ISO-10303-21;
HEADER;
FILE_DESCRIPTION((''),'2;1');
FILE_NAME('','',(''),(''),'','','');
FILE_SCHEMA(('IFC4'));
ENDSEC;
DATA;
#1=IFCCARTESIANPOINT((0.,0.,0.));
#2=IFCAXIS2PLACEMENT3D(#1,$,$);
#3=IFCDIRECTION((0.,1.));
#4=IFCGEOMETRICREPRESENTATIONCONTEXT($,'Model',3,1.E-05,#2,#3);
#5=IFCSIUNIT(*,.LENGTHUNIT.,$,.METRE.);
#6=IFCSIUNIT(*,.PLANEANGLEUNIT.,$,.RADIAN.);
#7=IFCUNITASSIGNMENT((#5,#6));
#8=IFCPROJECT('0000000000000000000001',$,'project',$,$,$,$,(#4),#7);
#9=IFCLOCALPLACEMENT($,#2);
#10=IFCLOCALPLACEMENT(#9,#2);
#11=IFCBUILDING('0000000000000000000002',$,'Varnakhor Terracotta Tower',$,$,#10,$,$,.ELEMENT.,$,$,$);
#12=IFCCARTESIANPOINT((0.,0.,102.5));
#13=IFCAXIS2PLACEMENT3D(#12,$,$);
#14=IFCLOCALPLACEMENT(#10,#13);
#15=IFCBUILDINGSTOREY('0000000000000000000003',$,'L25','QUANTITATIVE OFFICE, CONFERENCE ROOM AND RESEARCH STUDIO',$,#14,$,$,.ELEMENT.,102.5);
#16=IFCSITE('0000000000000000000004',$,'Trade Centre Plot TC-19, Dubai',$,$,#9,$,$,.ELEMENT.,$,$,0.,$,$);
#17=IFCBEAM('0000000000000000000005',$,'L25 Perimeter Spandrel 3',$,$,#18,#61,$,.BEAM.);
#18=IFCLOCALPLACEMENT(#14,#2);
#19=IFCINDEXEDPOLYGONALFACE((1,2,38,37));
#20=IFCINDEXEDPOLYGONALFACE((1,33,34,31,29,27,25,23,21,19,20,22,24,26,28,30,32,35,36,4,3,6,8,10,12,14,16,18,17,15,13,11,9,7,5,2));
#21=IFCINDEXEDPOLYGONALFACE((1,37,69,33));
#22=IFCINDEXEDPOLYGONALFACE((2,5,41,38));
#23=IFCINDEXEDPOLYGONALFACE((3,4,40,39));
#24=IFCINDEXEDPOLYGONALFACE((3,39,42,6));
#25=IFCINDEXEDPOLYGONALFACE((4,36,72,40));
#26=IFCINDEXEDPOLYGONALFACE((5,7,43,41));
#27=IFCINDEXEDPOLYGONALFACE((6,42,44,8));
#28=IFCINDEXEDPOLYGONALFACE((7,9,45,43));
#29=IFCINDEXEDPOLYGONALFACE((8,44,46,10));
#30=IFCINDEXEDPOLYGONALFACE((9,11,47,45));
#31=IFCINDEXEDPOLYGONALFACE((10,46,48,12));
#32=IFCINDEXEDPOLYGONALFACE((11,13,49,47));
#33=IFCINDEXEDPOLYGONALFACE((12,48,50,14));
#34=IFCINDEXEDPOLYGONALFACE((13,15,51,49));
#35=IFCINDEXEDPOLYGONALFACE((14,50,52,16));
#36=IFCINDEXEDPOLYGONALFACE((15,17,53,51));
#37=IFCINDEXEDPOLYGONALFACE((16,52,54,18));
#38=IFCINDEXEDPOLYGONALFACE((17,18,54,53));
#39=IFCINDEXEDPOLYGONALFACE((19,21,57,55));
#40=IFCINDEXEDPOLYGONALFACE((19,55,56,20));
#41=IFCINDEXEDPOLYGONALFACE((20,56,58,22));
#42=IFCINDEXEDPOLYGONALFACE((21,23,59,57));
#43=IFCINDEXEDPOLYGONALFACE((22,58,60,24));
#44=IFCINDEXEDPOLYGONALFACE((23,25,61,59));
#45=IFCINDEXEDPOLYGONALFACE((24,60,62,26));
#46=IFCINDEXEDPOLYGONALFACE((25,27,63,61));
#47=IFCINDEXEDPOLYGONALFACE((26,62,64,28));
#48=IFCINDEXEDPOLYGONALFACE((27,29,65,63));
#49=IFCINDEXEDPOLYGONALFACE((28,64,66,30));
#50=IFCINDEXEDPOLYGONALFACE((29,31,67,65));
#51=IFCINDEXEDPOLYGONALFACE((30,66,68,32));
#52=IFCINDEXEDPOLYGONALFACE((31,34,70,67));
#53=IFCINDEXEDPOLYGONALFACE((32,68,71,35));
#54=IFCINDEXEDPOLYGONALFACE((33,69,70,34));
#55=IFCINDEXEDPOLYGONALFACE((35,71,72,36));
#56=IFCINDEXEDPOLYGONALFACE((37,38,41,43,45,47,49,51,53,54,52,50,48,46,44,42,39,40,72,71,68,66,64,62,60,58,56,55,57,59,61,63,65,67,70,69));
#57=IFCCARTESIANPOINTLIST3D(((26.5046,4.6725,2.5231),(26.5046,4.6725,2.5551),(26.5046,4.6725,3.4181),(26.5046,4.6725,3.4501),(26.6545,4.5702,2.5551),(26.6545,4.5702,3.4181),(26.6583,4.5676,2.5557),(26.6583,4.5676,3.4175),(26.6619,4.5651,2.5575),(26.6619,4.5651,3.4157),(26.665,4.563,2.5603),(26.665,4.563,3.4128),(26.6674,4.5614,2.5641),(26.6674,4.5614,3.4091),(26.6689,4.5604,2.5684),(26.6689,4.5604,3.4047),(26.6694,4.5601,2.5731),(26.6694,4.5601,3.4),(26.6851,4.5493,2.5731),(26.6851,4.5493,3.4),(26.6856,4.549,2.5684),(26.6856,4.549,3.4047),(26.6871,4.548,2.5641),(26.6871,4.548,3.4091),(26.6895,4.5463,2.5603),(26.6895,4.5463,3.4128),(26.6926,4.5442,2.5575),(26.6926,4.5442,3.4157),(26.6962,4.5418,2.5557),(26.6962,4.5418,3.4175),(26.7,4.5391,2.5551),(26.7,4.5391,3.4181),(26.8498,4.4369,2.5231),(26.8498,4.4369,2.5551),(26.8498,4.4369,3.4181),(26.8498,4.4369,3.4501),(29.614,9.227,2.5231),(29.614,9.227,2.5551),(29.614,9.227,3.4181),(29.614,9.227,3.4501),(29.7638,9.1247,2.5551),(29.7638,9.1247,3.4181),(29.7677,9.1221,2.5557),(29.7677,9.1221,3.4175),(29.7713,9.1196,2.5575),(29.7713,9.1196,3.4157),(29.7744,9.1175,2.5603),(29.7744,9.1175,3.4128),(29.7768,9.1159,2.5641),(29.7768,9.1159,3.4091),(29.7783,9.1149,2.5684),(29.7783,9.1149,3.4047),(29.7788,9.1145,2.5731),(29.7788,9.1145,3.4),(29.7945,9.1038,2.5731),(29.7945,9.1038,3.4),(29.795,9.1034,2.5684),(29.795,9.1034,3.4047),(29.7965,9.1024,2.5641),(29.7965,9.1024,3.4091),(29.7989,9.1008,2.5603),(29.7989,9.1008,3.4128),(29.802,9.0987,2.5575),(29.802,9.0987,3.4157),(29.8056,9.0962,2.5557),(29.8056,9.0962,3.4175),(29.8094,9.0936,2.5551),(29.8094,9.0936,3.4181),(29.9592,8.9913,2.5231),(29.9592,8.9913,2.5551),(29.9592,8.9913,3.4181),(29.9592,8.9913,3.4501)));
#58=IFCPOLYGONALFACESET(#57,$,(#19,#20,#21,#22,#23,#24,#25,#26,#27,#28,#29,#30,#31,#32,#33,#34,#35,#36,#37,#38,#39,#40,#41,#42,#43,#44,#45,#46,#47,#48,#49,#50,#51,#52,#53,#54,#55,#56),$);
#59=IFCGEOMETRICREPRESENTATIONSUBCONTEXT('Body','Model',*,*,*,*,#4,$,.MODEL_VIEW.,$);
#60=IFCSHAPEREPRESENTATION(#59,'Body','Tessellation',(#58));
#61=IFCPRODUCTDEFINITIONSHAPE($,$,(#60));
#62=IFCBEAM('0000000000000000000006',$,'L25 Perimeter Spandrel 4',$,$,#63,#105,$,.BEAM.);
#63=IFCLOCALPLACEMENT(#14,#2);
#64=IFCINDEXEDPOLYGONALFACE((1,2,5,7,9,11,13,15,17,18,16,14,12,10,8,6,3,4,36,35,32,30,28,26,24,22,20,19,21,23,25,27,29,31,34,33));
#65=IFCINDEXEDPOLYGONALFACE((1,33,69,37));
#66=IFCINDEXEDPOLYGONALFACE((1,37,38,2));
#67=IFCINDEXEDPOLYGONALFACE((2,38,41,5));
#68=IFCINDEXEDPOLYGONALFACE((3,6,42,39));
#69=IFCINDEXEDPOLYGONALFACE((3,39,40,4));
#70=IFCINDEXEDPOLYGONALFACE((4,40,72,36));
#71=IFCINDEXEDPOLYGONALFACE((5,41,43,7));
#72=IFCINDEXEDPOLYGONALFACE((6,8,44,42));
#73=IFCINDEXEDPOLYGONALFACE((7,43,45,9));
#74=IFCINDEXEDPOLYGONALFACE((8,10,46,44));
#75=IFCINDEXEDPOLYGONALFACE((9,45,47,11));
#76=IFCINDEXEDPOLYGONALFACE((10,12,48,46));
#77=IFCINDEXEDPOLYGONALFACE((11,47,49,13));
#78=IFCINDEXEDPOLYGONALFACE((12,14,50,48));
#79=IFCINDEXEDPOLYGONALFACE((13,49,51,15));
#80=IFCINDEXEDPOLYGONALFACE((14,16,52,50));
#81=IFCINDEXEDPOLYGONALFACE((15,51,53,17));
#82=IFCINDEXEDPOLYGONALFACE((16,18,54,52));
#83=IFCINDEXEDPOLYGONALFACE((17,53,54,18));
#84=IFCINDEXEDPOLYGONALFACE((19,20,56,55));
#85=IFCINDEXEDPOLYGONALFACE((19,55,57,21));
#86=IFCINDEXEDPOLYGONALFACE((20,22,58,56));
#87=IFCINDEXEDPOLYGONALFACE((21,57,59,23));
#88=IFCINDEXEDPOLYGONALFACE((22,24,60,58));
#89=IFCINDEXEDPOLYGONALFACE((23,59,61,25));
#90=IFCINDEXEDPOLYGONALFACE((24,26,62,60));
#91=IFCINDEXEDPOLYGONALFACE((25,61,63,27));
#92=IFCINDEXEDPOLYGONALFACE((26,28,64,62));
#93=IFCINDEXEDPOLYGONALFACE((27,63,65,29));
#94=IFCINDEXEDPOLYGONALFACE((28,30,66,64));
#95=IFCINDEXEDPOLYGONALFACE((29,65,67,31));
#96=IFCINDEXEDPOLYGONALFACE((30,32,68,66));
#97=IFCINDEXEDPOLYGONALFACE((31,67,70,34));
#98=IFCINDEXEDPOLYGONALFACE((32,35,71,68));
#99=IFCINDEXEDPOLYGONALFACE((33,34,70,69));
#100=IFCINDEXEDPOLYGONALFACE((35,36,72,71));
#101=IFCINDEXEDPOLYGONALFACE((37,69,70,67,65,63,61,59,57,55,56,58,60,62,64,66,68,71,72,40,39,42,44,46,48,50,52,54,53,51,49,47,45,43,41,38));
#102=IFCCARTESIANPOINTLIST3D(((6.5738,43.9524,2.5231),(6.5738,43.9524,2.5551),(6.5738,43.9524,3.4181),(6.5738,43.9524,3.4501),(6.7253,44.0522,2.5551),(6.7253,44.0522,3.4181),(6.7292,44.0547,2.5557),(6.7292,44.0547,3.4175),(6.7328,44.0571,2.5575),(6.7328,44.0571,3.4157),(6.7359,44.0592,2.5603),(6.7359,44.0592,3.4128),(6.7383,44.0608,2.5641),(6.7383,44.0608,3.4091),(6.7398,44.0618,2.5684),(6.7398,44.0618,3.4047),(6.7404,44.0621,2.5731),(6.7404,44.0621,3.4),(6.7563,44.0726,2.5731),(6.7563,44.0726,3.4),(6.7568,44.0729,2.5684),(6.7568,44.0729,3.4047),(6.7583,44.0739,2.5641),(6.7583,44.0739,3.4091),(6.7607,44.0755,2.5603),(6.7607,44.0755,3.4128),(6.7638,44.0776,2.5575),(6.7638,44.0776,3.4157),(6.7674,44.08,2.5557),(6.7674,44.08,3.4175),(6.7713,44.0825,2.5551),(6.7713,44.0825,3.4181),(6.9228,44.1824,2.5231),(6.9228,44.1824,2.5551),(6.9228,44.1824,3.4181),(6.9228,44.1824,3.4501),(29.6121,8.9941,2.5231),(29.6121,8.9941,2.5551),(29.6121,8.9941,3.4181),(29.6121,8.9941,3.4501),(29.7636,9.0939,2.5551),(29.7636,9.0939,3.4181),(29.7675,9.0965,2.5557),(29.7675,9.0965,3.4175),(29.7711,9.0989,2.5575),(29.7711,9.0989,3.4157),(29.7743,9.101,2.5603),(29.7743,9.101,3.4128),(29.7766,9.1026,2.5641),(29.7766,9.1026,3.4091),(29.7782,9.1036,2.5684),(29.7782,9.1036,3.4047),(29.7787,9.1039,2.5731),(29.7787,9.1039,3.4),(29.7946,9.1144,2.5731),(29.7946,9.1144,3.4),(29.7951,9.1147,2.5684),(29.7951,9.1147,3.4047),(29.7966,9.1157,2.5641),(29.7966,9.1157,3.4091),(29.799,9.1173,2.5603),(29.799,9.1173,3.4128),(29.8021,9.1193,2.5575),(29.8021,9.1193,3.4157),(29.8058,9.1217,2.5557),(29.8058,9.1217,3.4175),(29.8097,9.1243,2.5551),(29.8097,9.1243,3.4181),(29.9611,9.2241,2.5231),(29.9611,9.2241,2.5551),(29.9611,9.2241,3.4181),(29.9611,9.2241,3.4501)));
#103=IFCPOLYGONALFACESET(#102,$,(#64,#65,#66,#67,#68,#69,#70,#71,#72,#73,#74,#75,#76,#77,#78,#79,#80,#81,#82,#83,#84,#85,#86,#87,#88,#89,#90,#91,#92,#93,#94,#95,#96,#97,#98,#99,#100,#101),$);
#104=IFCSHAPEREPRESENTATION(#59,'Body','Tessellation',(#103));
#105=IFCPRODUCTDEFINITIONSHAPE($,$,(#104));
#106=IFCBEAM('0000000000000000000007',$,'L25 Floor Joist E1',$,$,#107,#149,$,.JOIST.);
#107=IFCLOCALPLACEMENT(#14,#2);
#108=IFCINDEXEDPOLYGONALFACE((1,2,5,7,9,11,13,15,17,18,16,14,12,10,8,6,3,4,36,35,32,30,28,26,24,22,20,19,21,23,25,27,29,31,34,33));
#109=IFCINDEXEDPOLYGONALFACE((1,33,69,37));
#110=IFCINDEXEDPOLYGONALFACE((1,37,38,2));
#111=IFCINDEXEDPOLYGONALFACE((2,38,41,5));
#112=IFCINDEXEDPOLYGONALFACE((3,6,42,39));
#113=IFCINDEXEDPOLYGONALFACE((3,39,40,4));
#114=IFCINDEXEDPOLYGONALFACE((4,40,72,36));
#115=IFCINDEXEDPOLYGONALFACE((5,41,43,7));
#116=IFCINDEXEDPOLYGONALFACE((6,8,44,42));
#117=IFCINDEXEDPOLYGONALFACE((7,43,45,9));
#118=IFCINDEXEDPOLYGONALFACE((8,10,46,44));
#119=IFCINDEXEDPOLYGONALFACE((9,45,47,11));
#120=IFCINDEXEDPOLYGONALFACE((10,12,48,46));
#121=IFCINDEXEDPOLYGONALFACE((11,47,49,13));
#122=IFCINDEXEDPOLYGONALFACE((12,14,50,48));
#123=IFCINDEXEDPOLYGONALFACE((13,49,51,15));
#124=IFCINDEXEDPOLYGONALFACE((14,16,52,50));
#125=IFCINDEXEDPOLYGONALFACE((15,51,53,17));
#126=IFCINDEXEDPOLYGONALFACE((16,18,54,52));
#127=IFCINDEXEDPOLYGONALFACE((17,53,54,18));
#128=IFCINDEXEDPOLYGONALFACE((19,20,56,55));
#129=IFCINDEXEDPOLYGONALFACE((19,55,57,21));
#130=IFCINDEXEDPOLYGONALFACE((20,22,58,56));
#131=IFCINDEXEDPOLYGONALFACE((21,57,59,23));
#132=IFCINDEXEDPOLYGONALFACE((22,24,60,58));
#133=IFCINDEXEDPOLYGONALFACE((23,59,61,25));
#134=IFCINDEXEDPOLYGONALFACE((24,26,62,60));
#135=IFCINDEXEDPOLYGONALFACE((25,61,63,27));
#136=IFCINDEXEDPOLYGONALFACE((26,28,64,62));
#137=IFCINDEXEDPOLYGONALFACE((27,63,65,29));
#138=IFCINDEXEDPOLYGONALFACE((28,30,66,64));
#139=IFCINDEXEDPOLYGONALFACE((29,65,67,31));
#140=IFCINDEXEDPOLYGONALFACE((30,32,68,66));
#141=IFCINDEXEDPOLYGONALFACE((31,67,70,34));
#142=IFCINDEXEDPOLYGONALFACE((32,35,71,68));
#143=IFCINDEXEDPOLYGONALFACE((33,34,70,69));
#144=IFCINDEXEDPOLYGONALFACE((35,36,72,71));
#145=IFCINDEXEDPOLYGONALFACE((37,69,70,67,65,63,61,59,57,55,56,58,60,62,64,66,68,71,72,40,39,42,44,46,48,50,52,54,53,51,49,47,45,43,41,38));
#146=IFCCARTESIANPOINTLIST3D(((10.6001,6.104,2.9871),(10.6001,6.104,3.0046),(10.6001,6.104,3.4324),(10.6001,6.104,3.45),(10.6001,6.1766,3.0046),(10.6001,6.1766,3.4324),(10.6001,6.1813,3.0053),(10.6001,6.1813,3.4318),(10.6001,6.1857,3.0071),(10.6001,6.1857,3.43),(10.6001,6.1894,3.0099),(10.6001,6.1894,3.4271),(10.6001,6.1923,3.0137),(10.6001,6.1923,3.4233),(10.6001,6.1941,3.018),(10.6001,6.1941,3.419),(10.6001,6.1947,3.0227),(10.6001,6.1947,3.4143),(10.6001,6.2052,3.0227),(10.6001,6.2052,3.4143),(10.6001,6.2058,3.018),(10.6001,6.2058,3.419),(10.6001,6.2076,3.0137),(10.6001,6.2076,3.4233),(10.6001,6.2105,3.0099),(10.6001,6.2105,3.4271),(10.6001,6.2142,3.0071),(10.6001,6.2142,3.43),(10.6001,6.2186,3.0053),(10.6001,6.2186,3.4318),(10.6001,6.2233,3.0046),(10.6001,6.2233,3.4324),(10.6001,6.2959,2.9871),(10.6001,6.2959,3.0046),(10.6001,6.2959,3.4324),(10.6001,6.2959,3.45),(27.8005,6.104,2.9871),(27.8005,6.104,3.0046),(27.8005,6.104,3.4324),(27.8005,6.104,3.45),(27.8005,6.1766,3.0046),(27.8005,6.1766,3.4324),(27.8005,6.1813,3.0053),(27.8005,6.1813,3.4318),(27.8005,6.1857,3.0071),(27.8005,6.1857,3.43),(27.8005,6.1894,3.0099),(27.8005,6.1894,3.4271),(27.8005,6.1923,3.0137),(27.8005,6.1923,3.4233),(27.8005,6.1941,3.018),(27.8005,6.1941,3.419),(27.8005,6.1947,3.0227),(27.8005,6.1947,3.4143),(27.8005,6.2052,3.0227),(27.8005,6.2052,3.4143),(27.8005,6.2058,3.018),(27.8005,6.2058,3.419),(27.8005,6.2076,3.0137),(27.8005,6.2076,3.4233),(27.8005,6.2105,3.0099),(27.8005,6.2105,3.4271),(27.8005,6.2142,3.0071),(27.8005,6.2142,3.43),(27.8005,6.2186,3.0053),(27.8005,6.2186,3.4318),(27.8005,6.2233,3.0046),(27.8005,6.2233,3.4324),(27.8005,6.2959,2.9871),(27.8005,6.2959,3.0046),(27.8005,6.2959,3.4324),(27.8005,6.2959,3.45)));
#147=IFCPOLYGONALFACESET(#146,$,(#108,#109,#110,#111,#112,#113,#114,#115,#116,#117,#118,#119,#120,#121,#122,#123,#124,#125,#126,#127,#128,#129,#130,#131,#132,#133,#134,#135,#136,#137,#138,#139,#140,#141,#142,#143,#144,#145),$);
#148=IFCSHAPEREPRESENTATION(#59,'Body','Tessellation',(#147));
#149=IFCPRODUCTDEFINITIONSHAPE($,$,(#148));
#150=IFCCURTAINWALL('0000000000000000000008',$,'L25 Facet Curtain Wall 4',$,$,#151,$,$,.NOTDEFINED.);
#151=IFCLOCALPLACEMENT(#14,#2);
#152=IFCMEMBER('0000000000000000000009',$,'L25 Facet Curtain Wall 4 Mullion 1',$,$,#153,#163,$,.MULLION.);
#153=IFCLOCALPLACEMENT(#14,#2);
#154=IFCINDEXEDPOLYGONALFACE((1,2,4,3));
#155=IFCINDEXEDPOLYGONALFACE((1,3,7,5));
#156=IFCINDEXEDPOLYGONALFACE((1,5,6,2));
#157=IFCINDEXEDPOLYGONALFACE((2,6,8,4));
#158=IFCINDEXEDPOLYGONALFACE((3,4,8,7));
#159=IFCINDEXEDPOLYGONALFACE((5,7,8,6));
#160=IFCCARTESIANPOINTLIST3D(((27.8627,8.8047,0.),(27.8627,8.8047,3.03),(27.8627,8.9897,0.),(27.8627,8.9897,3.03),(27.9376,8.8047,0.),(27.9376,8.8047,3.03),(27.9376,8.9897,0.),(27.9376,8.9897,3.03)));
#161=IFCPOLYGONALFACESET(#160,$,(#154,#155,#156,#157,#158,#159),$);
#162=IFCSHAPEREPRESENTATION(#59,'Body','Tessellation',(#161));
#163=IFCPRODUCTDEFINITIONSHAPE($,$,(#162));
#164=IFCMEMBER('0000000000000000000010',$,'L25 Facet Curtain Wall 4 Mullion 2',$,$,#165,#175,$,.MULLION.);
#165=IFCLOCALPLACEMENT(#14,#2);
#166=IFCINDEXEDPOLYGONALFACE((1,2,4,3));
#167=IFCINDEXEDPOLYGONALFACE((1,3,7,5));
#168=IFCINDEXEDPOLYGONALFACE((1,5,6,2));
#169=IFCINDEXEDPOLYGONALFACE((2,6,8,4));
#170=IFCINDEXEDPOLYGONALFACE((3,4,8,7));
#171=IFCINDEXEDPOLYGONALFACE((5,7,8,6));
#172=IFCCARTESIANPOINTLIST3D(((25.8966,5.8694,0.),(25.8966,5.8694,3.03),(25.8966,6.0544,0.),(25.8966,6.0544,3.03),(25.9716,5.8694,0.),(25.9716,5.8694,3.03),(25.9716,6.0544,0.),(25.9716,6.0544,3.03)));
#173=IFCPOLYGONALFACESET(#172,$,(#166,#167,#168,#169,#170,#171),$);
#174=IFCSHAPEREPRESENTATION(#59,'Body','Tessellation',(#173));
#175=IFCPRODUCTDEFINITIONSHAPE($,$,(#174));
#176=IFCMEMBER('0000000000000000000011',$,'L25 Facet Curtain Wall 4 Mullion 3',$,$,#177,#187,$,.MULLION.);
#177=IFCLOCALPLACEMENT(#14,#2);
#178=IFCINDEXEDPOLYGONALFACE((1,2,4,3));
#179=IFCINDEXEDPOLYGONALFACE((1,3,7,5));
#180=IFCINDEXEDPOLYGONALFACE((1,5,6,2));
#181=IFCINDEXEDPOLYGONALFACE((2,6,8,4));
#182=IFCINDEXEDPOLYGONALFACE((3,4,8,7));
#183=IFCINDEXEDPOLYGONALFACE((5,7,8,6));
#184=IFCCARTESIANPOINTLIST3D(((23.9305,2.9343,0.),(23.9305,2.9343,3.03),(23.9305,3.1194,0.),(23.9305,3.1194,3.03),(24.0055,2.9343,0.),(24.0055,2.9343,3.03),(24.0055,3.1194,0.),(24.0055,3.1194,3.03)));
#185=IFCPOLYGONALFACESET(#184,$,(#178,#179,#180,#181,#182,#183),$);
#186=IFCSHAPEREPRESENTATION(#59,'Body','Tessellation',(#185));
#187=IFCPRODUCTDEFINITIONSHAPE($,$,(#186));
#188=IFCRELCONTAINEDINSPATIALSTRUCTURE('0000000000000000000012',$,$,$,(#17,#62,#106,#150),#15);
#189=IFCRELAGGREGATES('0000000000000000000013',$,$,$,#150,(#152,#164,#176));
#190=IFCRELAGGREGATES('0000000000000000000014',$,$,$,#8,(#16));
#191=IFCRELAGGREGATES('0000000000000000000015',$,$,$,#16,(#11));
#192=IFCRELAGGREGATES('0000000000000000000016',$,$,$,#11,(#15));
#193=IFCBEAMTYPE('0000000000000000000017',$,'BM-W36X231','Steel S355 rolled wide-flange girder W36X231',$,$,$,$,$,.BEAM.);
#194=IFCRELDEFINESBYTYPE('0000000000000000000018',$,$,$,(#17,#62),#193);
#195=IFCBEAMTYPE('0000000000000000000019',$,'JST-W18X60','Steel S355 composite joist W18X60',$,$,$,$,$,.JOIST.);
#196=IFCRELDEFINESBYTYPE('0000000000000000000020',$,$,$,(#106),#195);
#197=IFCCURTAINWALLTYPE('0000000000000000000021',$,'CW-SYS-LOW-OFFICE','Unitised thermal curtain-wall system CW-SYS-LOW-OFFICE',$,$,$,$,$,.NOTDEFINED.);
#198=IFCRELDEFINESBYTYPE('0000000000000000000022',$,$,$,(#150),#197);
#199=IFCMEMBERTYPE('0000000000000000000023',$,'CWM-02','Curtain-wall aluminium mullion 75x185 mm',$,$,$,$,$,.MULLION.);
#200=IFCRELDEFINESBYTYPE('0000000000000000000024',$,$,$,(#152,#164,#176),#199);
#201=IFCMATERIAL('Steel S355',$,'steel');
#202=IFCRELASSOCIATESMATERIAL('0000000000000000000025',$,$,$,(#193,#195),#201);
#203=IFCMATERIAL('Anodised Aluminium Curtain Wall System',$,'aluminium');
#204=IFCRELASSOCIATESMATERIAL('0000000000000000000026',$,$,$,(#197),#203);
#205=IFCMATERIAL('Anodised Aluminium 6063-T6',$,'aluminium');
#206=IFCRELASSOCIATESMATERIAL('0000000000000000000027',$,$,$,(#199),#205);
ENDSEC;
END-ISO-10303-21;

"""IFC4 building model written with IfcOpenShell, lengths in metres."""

from ifc_helpers import new_model, si_unit, direction, frame, origin, origin_2d, place, context, subcontext, project, spatial, rectangle, i_section, extrude, source, transform, mapped, material, material_profile, profile_set, type_object, type_shapes, element, aggregate, save


model = new_model("IFC4")

# Units and contexts
model_context = context("Model", 3, precision=1e-05, world=origin(), true_north=direction((0.0, 1.0)))
body_context = subcontext(model_context, "Body", "Model", "MODEL_VIEW")
ifc_project = project(units=[si_unit("LENGTHUNIT", "METRE"), si_unit("PLANEANGLEUNIT", "RADIAN")], contexts=[model_context])

# Site, building, storey
site_placement = place(None, origin())
site = spatial("IfcSite", under=ifc_project, at=site_placement, Name="Trade Centre Plot TC-19, Dubai", CompositionType="ELEMENT", RefElevation=0.0)
building_placement = place(site_placement, origin())
building = spatial("IfcBuilding", under=site, at=building_placement, Name="Varnakhor Terracotta Tower", CompositionType="ELEMENT")
storey_placement = place(building_placement, frame((0.0, 0.0, 102.5)))
storey = spatial("IfcBuildingStorey", under=building, at=storey_placement, Name="L25", Description="QUANTITATIVE OFFICE, CONFERENCE ROOM AND RESEARCH STUDIO", CompositionType="ELEMENT", Elevation=102.5)

# Beams
ifc_material_1 = material(Name="Steel S355", Category="steel")
ifc_material_profile_1 = material_profile(ifc_material_1, i_section(OverallWidth=0.418, OverallDepth=0.927, WebThickness=0.019, FlangeThickness=0.032, FilletRadius=0.0181, at=origin_2d()), Name="W36X231")
ifc_profile_set_1 = profile_set([ifc_material_profile_1], Name="Steel S355")
beam_type_1 = type_object("IfcBeamType", Name="BM-W36X231", Description="Steel S355 rolled wide-flange girder W36X231", PredefinedType="BEAM", material=ifc_profile_set_1)
shared_shape_1 = source(origin(), body_context, "Body", "SweptSolid", [
    extrude(i_section(OverallWidth=0.418, OverallDepth=0.927, WebThickness=0.019, FlangeThickness=0.032, FilletRadius=0.0181, at=origin_2d()), origin(), (0.0, 0.0, 1.0), 5.5146),
])
beam_1_placement = place(storey_placement, frame((26.6772, 4.5547, 2.9866), z_axis=(0.563841, 0.825883, 0.0), x_axis=(-0.825883, 0.563841, 0.0)))
element("IfcBeam", 1, at=beam_1_placement, inside=storey, type_object=beam_type_1, Name="L25 Perimeter Spandrel 3", PredefinedType="BEAM", context=body_context, shape_type="MappedRepresentation", body=[
    mapped(shared_shape_1, transform((0.0, 0.0, 0.0), scale=1.0)),
])
shared_shape_2 = source(origin(), body_context, "Body", "SweptSolid", [
    extrude(i_section(OverallWidth=0.418, OverallDepth=0.927, WebThickness=0.019, FlangeThickness=0.032, FilletRadius=0.0181, at=origin_2d()), origin(), (0.0, 0.0, 1.0), 41.8669),
])
beam_2_placement = place(storey_placement, frame((29.7866, 9.1091, 2.9866), z_axis=(-0.550274, 0.834984, 0.0), x_axis=(-0.834984, -0.550274, 0.0)))
element("IfcBeam", 2, at=beam_2_placement, inside=storey, type_object=beam_type_1, Name="L25 Perimeter Spandrel 4", PredefinedType="BEAM", context=body_context, shape_type="MappedRepresentation", body=[
    mapped(shared_shape_2, transform((0.0, 0.0, 0.0), scale=1.0)),
])
ifc_material_profile_2 = material_profile(ifc_material_1, i_section(OverallWidth=0.1919, OverallDepth=0.4629, WebThickness=0.0105, FlangeThickness=0.0176, FilletRadius=0.0181, at=origin_2d()), Name="W18X60")
ifc_profile_set_2 = profile_set([ifc_material_profile_2], Name="Steel S355")
beam_type_2 = type_object("IfcBeamType", Name="JST-W18X60", Description="Steel S355 composite joist W18X60", PredefinedType="JOIST", material=ifc_profile_set_2)
shared_shape_3 = source(origin(), body_context, "Body", "SweptSolid", [
    extrude(i_section(OverallWidth=0.1919, OverallDepth=0.4629, WebThickness=0.0105, FlangeThickness=0.0176, FilletRadius=0.0181, at=origin_2d()), origin(), (0.0, 0.0, 1.0), 17.2004),
])
beam_3_placement = place(storey_placement, frame((10.6001, 6.2, 3.2185), z_axis=(1.0, 0.0, 0.0), x_axis=(0.0, 1.0, 0.0)))
element("IfcBeam", 3, at=beam_3_placement, inside=storey, type_object=beam_type_2, Name="L25 Floor Joist E1", PredefinedType="JOIST", context=body_context, shape_type="MappedRepresentation", body=[
    mapped(shared_shape_3, transform((0.0, 0.0, 0.0), scale=1.0)),
])

# Curtain wall, members
ifc_material_2 = material(Name="Anodised Aluminium Curtain Wall System", Category="aluminium")
curtain_wall_type = type_object("IfcCurtainWallType", Name="CW-SYS-LOW-OFFICE", Description="Unitised thermal curtain-wall system CW-SYS-LOW-OFFICE", PredefinedType="NOTDEFINED", material=ifc_material_2)
curtain_wall_1_placement = place(storey_placement, origin())
curtain_wall_1 = element("IfcCurtainWall", 4, at=curtain_wall_1_placement, inside=storey, type_object=curtain_wall_type, Name="L25 Facet Curtain Wall 4", PredefinedType="NOTDEFINED")
ifc_material_3 = material(Name="Anodised Aluminium 6063-T6", Category="aluminium")
ifc_material_profile_3 = material_profile(ifc_material_3, rectangle(XDim=0.075, YDim=0.1851, at=origin_2d()), Name="ALU MULLION 75x185")
ifc_profile_set_3 = profile_set([ifc_material_profile_3], Name="Anodised Aluminium 6063-T6")
member_type_1 = type_object("IfcMemberType", Name="CWM-02", Description="Curtain-wall aluminium mullion 75x185 mm", PredefinedType="MULLION", material=ifc_profile_set_3)
shared_shape_4 = source(origin(), body_context, "Body", "SweptSolid", [
    extrude(rectangle(XDim=0.075, YDim=0.1851, at=origin_2d()), origin(), (0.0, 0.0, 1.0), 3.03),
])
type_shapes(member_type_1, [shared_shape_4])
member_1_placement = place(storey_placement, frame((27.9001, 8.8972, 0.0), z_axis=(0.0, 0.0, 1.0), x_axis=(1.0, 0.0, 0.0)))
member_1 = element("IfcMember", 5, at=member_1_placement, type_object=member_type_1, Name="L25 Facet Curtain Wall 4 Mullion 1", PredefinedType="MULLION", context=body_context, shape_type="MappedRepresentation", body=[
    mapped(shared_shape_4, transform((0.0, 0.0, 0.0), scale=1.0)),
])
member_2_placement = place(storey_placement, frame((25.9341, 5.9619, 0.0), z_axis=(0.0, 0.0, 1.0), x_axis=(1.0, 0.0, 0.0)))
member_2 = element("IfcMember", 6, at=member_2_placement, type_object=member_type_1, Name="L25 Facet Curtain Wall 4 Mullion 2", PredefinedType="MULLION", context=body_context, shape_type="MappedRepresentation", body=[
    mapped(shared_shape_4, transform((0.0, 0.0, 0.0), scale=1.0)),
])
member_3_placement = place(storey_placement, frame((23.968, 3.0269, 0.0), z_axis=(0.0, 0.0, 1.0), x_axis=(1.0, 0.0, 0.0)))
member_3 = element("IfcMember", 7, at=member_3_placement, type_object=member_type_1, Name="L25 Facet Curtain Wall 4 Mullion 3", PredefinedType="MULLION", context=body_context, shape_type="MappedRepresentation", body=[
    mapped(shared_shape_4, transform((0.0, 0.0, 0.0), scale=1.0)),
])

aggregate(curtain_wall_1, [member_1, member_2, member_3])

save(model, "model.ifc")
